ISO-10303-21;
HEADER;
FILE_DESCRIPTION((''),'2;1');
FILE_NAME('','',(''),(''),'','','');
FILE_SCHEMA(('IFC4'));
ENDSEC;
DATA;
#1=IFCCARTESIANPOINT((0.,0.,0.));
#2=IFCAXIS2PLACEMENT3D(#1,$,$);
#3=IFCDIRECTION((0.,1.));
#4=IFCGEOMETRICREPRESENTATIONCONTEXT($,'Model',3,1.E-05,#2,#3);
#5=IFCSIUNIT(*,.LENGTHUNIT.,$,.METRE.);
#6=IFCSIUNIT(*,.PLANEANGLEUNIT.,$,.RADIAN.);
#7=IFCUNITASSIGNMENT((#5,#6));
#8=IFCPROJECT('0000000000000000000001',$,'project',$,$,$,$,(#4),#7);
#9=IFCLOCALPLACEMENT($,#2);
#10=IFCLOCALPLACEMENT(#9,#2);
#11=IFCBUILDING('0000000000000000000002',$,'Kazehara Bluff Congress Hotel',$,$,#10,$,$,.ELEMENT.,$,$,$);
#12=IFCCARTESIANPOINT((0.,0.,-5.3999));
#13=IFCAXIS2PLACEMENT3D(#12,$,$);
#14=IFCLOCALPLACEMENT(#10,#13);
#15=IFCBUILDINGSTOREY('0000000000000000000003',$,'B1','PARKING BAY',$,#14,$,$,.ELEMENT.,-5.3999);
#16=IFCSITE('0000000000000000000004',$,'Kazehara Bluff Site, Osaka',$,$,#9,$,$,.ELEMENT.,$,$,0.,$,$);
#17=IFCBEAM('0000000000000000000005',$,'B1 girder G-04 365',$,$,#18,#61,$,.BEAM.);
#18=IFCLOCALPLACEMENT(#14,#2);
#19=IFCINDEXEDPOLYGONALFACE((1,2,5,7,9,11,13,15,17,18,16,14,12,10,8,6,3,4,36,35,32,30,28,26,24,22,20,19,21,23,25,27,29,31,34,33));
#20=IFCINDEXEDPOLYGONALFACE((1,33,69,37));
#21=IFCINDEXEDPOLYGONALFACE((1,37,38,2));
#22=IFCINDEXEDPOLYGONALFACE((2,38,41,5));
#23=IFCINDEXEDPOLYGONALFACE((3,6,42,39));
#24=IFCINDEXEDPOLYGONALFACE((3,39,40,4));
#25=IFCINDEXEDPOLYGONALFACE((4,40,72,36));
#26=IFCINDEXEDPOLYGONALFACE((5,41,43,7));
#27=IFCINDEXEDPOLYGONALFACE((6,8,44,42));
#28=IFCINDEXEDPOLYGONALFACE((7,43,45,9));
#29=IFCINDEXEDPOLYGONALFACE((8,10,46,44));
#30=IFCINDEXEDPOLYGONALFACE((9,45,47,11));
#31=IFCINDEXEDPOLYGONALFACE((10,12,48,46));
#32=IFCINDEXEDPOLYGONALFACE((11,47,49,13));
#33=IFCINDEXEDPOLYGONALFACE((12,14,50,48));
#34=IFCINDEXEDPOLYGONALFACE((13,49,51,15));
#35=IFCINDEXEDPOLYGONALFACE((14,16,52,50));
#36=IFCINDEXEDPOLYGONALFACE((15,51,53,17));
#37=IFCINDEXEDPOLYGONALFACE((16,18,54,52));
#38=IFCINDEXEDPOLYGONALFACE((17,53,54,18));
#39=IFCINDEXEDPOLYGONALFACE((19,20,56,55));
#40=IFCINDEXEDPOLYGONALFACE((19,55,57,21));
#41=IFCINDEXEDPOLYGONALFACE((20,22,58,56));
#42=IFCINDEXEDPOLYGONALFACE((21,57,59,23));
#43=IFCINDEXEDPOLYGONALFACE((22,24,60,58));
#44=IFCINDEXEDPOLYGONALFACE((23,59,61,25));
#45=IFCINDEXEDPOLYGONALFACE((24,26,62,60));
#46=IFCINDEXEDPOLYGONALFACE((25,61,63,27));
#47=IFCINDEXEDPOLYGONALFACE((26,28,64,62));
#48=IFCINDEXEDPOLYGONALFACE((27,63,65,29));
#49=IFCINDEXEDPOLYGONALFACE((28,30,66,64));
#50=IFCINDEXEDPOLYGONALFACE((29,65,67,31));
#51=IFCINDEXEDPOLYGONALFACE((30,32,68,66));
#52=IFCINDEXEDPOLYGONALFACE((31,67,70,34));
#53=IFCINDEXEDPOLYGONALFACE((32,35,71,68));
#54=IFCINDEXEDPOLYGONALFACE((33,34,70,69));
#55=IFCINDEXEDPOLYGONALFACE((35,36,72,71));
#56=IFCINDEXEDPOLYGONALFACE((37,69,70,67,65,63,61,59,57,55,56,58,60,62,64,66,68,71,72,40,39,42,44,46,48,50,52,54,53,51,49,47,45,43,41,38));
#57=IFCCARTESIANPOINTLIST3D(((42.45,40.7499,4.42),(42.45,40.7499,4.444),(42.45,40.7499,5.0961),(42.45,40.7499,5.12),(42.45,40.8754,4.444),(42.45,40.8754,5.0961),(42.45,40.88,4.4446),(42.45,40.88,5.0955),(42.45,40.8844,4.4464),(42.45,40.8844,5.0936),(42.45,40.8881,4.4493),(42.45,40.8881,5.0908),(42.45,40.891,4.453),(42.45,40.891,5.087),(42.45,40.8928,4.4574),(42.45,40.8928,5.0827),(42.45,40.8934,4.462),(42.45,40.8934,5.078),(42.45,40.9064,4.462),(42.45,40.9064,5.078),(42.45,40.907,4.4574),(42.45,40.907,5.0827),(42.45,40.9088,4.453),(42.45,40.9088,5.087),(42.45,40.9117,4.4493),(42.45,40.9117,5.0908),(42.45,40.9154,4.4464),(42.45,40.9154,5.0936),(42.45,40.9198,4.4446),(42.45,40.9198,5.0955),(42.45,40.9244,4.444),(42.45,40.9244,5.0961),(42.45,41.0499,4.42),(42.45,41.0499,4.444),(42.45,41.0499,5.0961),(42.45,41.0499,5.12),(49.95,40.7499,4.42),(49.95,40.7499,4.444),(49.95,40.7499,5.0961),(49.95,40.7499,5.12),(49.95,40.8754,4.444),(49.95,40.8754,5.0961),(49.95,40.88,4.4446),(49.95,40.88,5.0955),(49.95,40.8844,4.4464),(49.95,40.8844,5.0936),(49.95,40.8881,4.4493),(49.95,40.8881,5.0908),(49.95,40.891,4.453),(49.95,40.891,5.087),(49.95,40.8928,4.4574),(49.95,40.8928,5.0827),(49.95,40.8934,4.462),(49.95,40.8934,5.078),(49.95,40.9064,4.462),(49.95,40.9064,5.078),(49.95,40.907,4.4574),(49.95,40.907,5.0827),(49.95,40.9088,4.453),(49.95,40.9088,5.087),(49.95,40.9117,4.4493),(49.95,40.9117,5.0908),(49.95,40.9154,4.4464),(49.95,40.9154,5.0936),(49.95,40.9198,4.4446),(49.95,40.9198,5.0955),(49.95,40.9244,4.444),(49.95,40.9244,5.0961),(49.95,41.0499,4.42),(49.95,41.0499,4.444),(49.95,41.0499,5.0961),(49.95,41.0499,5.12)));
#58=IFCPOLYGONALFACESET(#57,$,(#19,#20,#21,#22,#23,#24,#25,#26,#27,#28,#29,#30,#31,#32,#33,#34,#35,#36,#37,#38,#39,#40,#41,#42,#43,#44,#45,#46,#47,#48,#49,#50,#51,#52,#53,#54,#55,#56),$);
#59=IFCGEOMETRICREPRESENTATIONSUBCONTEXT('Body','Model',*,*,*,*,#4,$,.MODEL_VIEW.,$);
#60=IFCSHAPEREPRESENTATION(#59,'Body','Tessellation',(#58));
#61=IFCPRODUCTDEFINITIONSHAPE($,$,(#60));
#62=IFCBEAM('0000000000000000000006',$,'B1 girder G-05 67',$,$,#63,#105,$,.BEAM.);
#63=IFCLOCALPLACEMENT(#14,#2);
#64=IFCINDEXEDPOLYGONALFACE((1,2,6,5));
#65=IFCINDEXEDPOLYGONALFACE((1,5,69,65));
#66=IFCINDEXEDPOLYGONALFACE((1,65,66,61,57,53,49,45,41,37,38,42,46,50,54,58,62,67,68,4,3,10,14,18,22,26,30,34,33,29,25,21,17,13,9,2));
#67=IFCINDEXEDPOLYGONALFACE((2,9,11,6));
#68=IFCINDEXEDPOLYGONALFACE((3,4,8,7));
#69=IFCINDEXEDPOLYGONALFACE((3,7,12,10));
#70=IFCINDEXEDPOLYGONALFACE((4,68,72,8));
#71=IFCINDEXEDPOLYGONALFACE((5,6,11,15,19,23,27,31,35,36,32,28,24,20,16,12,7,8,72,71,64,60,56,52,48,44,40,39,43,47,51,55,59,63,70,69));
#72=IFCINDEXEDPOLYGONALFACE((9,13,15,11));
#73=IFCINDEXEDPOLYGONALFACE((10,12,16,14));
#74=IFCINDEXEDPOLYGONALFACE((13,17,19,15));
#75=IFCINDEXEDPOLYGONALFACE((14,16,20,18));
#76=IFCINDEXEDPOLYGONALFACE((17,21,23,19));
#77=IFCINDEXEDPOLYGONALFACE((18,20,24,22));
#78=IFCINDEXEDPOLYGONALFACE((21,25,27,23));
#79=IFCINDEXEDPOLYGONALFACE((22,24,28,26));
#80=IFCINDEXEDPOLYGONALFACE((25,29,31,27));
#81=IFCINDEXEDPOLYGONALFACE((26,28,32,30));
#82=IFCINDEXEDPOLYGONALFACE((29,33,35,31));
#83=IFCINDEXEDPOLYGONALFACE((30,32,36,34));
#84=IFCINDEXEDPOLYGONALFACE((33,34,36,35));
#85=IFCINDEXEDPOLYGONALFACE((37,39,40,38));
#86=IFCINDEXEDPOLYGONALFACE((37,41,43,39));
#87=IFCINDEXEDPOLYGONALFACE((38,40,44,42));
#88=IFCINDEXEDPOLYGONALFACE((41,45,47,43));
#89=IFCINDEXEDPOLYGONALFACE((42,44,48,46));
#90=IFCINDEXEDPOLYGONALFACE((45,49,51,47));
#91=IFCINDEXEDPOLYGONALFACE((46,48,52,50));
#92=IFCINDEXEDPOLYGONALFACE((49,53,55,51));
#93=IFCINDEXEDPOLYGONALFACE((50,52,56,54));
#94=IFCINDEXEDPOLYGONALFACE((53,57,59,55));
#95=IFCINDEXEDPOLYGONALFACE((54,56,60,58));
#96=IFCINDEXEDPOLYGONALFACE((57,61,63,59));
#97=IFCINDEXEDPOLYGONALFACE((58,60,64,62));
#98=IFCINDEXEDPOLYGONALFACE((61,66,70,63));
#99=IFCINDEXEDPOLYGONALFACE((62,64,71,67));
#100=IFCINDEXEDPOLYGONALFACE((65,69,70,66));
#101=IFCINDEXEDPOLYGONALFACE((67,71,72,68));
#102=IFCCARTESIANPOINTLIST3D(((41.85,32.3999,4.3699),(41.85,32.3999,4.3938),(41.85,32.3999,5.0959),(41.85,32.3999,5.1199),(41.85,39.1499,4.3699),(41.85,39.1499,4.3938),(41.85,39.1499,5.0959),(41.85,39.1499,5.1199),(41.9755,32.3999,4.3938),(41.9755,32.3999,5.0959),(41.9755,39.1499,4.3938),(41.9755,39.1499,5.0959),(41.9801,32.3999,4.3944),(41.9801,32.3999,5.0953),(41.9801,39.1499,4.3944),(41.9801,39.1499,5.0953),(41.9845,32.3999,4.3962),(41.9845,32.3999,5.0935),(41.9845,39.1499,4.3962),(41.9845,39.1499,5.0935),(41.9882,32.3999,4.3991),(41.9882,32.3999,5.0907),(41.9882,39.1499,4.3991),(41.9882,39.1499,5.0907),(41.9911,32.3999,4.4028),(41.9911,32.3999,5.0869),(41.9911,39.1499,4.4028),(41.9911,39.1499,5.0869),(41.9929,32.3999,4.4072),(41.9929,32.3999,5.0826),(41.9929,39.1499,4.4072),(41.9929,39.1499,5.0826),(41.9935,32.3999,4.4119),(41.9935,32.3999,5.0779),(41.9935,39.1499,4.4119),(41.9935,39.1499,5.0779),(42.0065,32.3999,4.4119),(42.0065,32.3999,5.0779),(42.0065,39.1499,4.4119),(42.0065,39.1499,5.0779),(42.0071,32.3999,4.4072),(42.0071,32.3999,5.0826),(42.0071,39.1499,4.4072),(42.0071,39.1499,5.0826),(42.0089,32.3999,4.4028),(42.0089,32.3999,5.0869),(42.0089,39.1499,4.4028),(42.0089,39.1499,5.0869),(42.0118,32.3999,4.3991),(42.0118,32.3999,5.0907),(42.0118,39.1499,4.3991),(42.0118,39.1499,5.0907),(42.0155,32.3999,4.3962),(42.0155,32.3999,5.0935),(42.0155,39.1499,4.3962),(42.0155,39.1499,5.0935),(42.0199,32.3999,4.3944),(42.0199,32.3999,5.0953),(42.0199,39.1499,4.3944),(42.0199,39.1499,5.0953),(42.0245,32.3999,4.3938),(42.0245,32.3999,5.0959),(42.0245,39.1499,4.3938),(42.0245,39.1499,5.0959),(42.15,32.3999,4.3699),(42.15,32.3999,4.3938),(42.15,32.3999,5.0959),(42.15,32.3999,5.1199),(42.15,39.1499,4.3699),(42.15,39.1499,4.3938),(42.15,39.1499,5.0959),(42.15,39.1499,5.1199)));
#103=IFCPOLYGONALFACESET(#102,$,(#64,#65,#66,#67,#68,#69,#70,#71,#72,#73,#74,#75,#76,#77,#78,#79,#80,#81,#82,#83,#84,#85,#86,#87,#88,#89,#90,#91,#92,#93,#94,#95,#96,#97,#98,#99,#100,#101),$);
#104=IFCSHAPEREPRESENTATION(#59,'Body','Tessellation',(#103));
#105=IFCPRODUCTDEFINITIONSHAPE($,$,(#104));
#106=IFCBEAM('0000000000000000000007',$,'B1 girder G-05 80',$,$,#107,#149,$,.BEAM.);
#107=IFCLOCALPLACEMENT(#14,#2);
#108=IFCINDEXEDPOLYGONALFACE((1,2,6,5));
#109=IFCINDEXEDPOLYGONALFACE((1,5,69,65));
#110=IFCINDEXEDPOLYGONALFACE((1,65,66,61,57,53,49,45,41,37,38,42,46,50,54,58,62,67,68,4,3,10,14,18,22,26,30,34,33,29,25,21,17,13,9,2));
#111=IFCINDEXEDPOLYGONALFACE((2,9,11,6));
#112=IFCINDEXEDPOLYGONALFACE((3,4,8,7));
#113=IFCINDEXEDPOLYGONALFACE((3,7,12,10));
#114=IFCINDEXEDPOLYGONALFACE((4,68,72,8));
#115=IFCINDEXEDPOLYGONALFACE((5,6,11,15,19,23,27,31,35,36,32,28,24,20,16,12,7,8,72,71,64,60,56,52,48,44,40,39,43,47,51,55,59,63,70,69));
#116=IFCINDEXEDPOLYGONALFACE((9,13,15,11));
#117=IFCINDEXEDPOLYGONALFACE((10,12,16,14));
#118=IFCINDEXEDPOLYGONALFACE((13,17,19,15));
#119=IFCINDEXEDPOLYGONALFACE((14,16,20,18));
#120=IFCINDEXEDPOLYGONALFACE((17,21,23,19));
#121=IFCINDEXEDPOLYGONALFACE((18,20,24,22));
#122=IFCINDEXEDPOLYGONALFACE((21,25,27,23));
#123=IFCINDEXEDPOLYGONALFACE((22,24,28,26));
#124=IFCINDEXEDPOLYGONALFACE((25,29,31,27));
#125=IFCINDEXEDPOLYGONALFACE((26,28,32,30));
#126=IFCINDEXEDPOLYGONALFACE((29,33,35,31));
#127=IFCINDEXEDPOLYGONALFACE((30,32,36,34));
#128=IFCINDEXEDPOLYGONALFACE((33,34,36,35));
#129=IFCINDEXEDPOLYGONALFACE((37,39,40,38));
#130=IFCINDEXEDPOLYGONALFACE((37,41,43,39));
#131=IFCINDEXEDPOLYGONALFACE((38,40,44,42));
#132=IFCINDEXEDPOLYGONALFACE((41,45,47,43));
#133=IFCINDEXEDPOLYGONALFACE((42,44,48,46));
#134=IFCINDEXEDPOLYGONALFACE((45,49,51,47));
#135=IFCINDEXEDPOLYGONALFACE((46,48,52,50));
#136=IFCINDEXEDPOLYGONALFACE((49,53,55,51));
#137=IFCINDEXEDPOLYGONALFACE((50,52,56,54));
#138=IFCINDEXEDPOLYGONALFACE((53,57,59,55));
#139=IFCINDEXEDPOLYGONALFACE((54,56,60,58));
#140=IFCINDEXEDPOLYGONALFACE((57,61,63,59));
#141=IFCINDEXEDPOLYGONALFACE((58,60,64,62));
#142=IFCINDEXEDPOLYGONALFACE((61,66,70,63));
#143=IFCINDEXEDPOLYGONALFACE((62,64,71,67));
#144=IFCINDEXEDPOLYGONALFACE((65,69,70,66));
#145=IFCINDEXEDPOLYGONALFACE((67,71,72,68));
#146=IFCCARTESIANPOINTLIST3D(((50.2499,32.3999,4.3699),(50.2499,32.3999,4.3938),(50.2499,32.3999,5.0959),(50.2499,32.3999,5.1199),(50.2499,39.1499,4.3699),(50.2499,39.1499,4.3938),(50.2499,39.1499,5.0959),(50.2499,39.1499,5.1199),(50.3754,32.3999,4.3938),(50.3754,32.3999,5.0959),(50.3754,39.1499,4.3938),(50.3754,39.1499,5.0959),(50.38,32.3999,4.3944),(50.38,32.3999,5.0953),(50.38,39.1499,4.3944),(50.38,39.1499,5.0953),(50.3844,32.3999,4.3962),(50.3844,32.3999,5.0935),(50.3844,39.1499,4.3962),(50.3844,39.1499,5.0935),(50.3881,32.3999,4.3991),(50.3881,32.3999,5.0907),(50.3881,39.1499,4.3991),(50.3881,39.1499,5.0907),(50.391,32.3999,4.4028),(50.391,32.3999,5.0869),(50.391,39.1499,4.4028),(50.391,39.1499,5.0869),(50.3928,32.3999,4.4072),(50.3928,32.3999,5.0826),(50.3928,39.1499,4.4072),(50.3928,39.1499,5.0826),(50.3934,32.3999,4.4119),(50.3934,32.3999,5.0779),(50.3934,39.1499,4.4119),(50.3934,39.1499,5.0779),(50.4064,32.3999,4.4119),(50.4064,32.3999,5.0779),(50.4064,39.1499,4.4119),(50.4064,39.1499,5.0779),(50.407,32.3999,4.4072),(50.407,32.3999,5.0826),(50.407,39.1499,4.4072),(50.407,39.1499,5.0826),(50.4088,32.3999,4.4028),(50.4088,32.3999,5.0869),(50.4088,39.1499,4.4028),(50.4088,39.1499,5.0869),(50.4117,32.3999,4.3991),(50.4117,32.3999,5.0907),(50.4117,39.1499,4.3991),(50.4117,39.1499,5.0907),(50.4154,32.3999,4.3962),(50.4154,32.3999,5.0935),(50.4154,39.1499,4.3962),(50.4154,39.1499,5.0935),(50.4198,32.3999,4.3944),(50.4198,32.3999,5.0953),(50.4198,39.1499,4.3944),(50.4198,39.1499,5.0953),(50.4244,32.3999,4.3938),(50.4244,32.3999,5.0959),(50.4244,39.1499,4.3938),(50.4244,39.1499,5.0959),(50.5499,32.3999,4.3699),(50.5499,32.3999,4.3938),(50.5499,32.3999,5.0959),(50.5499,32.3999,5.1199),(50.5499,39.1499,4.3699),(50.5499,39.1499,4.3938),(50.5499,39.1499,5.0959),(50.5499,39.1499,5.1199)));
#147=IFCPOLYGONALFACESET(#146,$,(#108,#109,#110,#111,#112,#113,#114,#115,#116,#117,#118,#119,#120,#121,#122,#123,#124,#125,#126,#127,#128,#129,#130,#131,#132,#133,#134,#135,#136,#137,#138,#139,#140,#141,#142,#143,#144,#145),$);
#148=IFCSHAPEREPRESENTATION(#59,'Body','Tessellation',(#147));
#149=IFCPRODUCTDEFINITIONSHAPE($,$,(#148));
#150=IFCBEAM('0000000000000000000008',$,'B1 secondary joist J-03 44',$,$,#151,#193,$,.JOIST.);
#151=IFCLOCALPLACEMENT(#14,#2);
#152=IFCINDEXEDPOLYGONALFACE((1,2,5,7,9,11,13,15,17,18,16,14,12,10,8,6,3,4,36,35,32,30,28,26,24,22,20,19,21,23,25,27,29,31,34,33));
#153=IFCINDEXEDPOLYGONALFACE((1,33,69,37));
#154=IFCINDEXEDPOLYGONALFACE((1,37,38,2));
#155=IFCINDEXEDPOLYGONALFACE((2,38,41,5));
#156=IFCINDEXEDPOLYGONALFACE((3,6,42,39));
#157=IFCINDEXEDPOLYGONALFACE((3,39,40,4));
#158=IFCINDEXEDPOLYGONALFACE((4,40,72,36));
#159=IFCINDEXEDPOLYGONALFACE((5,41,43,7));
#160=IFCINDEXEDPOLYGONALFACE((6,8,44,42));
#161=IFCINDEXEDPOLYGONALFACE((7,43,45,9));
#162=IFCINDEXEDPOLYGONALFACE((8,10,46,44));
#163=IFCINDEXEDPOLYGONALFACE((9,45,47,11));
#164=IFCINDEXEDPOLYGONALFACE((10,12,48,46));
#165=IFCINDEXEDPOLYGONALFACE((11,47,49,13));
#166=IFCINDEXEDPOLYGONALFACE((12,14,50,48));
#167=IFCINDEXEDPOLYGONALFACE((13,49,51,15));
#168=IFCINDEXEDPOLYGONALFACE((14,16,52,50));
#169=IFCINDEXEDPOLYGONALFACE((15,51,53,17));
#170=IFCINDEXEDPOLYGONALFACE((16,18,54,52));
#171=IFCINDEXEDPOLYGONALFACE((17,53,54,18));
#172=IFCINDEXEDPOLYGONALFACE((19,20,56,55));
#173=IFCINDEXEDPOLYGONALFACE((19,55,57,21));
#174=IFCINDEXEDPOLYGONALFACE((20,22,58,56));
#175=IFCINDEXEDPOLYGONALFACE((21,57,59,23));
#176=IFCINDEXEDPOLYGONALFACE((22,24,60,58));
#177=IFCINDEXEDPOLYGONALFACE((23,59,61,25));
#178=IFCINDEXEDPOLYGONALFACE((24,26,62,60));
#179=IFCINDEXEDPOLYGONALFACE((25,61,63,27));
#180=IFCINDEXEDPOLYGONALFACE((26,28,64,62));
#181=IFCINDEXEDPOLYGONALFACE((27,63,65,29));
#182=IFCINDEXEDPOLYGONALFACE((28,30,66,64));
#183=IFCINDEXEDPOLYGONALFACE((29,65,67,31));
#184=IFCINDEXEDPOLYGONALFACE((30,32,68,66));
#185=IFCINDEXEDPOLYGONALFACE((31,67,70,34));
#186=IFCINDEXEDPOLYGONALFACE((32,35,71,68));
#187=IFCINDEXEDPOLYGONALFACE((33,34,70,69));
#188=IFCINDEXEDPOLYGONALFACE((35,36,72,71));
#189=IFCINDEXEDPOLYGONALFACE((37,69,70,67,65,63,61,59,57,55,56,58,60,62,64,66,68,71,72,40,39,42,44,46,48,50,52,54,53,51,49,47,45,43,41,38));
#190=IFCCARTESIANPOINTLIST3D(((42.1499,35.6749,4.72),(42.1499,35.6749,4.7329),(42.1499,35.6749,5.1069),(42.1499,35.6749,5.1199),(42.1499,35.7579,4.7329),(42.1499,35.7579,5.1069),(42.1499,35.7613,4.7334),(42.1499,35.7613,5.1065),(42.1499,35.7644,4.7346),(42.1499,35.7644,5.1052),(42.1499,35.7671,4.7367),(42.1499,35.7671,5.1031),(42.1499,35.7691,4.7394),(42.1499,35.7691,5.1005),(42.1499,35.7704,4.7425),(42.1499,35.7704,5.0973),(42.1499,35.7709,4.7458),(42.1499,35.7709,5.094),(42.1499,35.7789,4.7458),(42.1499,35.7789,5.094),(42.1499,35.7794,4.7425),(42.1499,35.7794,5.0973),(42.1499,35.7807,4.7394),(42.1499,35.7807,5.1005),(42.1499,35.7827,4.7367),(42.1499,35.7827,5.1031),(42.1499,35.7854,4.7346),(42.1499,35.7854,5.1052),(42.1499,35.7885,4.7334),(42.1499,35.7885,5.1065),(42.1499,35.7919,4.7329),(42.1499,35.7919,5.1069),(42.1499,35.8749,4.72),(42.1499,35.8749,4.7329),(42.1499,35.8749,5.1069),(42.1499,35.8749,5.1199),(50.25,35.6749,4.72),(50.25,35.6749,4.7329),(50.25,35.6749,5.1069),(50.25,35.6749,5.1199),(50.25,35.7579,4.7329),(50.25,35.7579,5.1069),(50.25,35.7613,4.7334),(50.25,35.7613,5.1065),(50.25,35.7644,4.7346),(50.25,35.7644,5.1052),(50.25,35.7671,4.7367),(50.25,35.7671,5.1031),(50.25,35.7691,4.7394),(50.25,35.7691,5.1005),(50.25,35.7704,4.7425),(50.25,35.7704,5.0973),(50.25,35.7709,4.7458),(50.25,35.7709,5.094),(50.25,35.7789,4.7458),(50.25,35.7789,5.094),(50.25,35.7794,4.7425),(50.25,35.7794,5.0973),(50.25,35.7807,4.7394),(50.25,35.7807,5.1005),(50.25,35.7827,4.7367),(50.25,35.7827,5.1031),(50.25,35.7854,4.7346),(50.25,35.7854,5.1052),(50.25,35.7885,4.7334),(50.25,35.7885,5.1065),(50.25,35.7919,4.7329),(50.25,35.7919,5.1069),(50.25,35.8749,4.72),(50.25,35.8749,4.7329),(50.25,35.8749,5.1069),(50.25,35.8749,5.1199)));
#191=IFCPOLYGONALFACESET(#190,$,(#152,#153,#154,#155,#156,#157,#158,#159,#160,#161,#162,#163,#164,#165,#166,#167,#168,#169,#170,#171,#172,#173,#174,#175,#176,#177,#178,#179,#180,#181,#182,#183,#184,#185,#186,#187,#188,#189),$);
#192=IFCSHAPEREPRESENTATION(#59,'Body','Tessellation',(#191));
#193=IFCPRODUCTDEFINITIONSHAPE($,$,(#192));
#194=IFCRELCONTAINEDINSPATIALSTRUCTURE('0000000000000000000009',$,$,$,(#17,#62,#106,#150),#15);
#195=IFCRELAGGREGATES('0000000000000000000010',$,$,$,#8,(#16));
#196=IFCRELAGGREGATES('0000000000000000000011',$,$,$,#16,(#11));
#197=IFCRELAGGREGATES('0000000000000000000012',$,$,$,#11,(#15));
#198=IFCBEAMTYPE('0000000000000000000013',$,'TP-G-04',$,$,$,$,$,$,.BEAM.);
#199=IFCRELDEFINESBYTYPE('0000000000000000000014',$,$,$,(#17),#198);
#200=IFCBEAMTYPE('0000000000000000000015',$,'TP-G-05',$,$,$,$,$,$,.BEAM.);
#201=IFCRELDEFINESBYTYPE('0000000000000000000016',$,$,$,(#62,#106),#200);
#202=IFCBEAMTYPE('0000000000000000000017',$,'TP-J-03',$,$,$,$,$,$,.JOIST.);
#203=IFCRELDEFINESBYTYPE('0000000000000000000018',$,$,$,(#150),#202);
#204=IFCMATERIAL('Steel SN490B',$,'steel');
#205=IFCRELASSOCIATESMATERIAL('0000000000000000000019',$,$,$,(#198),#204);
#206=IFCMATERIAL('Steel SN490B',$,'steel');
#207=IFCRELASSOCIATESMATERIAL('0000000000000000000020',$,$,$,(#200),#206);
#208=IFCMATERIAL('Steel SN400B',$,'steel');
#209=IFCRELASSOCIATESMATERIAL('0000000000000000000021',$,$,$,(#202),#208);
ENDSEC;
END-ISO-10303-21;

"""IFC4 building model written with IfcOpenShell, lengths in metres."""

from ifc_helpers import new_model, si_unit, direction, frame, origin, origin_2d, place, context, subcontext, project, spatial, i_section, extrude, material, material_profile, profile_set, type_object, element, save


model = new_model("IFC4")

# Units and contexts
model_context = context("Model", 3, precision=1e-05, world=origin(), true_north=direction((0.0, 1.0)))
body_context = subcontext(model_context, "Body", "Model", "MODEL_VIEW")
ifc_project = project(units=[si_unit("LENGTHUNIT", "METRE"), si_unit("PLANEANGLEUNIT", "RADIAN")], contexts=[model_context])

# Site, building, storey
site_placement = place(None, origin())
site = spatial("IfcSite", under=ifc_project, at=site_placement, Name="Kazehara Bluff Site, Osaka", CompositionType="ELEMENT", RefElevation=0.0)
building_placement = place(site_placement, origin())
building = spatial("IfcBuilding", under=site, at=building_placement, Name="Kazehara Bluff Congress Hotel", CompositionType="ELEMENT")
storey_placement = place(building_placement, frame((0.0, 0.0, -5.3999)))
storey = spatial("IfcBuildingStorey", under=building, at=storey_placement, Name="B1", Description="PARKING BAY", CompositionType="ELEMENT", Elevation=-5.3999)

# Beams
ifc_material_1 = material(Name="Steel SN490B", Category="steel")
ifc_material_profile_1 = material_profile(ifc_material_1, i_section(OverallWidth=0.3, OverallDepth=0.7, WebThickness=0.0129, FlangeThickness=0.0239, FilletRadius=0.0181, at=origin_2d()))
ifc_profile_set_1 = profile_set([ifc_material_profile_1], Name="Steel SN490B")
beam_type_1 = type_object("IfcBeamType", Name="TP-G-04", PredefinedType="BEAM", material=ifc_profile_set_1)
beam_1_placement = place(storey_placement, frame((42.45, 40.8999, 4.77), z_axis=(1.0, 0.0, 0.0), x_axis=(0.0, 1.0, 0.0)))
element("IfcBeam", 1, at=beam_1_placement, inside=storey, type_object=beam_type_1, Name="B1 girder G-04 365", PredefinedType="BEAM", context=body_context, shape_type="SweptSolid", body=[
    extrude(i_section(OverallWidth=0.3, OverallDepth=0.7, WebThickness=0.0129, FlangeThickness=0.0239, FilletRadius=0.0181, at=origin_2d()), origin(), (0.0, 0.0, 1.0), 7.5),
])
ifc_material_2 = material(Name="Steel SN490B", Category="steel")
ifc_material_profile_2 = material_profile(ifc_material_2, i_section(OverallWidth=0.3, OverallDepth=0.75, WebThickness=0.0129, FlangeThickness=0.0239, FilletRadius=0.0181, at=origin_2d()))
ifc_profile_set_2 = profile_set([ifc_material_profile_2], Name="Steel SN490B")
beam_type_2 = type_object("IfcBeamType", Name="TP-G-05", PredefinedType="BEAM", material=ifc_profile_set_2)
for number, where, z_axis, x_axis, name in (
    (2, (42.0, 32.3999, 4.7449), (0.0, 1.0, 0.0), (-1.0, 0.0, 0.0), "B1 girder G-05 67"),
    (3, (50.3999, 32.3999, 4.7449), (0.0, 1.0, 0.0), (-1.0, 0.0, 0.0), "B1 girder G-05 80"),
):
    element("IfcBeam", number, at=place(storey_placement, frame(where, z_axis=z_axis, x_axis=x_axis)), inside=storey, type_object=beam_type_2, Name=name, PredefinedType="BEAM", context=body_context, shape_type="SweptSolid", body=[
        extrude(i_section(OverallWidth=0.3, OverallDepth=0.75, WebThickness=0.0129, FlangeThickness=0.0239, FilletRadius=0.0181, at=origin_2d()), origin(), (0.0, 0.0, 1.0), 6.75),
    ])
ifc_material_3 = material(Name="Steel SN400B", Category="steel")
ifc_material_profile_3 = material_profile(ifc_material_3, i_section(OverallWidth=0.2, OverallDepth=0.3999, WebThickness=0.0081, FlangeThickness=0.0129, FilletRadius=0.0129, at=origin_2d()))
ifc_profile_set_3 = profile_set([ifc_material_profile_3], Name="Steel SN400B")
beam_type_3 = type_object("IfcBeamType", Name="TP-J-03", PredefinedType="JOIST", material=ifc_profile_set_3)
beam_2_placement = place(storey_placement, frame((42.1499, 35.7749, 4.9199), z_axis=(1.0, 0.0, 0.0), x_axis=(0.0, 1.0, 0.0)))
element("IfcBeam", 4, at=beam_2_placement, inside=storey, type_object=beam_type_3, Name="B1 secondary joist J-03 44", PredefinedType="JOIST", context=body_context, shape_type="SweptSolid", body=[
    extrude(i_section(OverallWidth=0.2, OverallDepth=0.3999, WebThickness=0.0081, FlangeThickness=0.0129, FilletRadius=0.0129, at=origin_2d()), origin(), (0.0, 0.0, 1.0), 8.1001),
])

save(model, "model.ifc")
